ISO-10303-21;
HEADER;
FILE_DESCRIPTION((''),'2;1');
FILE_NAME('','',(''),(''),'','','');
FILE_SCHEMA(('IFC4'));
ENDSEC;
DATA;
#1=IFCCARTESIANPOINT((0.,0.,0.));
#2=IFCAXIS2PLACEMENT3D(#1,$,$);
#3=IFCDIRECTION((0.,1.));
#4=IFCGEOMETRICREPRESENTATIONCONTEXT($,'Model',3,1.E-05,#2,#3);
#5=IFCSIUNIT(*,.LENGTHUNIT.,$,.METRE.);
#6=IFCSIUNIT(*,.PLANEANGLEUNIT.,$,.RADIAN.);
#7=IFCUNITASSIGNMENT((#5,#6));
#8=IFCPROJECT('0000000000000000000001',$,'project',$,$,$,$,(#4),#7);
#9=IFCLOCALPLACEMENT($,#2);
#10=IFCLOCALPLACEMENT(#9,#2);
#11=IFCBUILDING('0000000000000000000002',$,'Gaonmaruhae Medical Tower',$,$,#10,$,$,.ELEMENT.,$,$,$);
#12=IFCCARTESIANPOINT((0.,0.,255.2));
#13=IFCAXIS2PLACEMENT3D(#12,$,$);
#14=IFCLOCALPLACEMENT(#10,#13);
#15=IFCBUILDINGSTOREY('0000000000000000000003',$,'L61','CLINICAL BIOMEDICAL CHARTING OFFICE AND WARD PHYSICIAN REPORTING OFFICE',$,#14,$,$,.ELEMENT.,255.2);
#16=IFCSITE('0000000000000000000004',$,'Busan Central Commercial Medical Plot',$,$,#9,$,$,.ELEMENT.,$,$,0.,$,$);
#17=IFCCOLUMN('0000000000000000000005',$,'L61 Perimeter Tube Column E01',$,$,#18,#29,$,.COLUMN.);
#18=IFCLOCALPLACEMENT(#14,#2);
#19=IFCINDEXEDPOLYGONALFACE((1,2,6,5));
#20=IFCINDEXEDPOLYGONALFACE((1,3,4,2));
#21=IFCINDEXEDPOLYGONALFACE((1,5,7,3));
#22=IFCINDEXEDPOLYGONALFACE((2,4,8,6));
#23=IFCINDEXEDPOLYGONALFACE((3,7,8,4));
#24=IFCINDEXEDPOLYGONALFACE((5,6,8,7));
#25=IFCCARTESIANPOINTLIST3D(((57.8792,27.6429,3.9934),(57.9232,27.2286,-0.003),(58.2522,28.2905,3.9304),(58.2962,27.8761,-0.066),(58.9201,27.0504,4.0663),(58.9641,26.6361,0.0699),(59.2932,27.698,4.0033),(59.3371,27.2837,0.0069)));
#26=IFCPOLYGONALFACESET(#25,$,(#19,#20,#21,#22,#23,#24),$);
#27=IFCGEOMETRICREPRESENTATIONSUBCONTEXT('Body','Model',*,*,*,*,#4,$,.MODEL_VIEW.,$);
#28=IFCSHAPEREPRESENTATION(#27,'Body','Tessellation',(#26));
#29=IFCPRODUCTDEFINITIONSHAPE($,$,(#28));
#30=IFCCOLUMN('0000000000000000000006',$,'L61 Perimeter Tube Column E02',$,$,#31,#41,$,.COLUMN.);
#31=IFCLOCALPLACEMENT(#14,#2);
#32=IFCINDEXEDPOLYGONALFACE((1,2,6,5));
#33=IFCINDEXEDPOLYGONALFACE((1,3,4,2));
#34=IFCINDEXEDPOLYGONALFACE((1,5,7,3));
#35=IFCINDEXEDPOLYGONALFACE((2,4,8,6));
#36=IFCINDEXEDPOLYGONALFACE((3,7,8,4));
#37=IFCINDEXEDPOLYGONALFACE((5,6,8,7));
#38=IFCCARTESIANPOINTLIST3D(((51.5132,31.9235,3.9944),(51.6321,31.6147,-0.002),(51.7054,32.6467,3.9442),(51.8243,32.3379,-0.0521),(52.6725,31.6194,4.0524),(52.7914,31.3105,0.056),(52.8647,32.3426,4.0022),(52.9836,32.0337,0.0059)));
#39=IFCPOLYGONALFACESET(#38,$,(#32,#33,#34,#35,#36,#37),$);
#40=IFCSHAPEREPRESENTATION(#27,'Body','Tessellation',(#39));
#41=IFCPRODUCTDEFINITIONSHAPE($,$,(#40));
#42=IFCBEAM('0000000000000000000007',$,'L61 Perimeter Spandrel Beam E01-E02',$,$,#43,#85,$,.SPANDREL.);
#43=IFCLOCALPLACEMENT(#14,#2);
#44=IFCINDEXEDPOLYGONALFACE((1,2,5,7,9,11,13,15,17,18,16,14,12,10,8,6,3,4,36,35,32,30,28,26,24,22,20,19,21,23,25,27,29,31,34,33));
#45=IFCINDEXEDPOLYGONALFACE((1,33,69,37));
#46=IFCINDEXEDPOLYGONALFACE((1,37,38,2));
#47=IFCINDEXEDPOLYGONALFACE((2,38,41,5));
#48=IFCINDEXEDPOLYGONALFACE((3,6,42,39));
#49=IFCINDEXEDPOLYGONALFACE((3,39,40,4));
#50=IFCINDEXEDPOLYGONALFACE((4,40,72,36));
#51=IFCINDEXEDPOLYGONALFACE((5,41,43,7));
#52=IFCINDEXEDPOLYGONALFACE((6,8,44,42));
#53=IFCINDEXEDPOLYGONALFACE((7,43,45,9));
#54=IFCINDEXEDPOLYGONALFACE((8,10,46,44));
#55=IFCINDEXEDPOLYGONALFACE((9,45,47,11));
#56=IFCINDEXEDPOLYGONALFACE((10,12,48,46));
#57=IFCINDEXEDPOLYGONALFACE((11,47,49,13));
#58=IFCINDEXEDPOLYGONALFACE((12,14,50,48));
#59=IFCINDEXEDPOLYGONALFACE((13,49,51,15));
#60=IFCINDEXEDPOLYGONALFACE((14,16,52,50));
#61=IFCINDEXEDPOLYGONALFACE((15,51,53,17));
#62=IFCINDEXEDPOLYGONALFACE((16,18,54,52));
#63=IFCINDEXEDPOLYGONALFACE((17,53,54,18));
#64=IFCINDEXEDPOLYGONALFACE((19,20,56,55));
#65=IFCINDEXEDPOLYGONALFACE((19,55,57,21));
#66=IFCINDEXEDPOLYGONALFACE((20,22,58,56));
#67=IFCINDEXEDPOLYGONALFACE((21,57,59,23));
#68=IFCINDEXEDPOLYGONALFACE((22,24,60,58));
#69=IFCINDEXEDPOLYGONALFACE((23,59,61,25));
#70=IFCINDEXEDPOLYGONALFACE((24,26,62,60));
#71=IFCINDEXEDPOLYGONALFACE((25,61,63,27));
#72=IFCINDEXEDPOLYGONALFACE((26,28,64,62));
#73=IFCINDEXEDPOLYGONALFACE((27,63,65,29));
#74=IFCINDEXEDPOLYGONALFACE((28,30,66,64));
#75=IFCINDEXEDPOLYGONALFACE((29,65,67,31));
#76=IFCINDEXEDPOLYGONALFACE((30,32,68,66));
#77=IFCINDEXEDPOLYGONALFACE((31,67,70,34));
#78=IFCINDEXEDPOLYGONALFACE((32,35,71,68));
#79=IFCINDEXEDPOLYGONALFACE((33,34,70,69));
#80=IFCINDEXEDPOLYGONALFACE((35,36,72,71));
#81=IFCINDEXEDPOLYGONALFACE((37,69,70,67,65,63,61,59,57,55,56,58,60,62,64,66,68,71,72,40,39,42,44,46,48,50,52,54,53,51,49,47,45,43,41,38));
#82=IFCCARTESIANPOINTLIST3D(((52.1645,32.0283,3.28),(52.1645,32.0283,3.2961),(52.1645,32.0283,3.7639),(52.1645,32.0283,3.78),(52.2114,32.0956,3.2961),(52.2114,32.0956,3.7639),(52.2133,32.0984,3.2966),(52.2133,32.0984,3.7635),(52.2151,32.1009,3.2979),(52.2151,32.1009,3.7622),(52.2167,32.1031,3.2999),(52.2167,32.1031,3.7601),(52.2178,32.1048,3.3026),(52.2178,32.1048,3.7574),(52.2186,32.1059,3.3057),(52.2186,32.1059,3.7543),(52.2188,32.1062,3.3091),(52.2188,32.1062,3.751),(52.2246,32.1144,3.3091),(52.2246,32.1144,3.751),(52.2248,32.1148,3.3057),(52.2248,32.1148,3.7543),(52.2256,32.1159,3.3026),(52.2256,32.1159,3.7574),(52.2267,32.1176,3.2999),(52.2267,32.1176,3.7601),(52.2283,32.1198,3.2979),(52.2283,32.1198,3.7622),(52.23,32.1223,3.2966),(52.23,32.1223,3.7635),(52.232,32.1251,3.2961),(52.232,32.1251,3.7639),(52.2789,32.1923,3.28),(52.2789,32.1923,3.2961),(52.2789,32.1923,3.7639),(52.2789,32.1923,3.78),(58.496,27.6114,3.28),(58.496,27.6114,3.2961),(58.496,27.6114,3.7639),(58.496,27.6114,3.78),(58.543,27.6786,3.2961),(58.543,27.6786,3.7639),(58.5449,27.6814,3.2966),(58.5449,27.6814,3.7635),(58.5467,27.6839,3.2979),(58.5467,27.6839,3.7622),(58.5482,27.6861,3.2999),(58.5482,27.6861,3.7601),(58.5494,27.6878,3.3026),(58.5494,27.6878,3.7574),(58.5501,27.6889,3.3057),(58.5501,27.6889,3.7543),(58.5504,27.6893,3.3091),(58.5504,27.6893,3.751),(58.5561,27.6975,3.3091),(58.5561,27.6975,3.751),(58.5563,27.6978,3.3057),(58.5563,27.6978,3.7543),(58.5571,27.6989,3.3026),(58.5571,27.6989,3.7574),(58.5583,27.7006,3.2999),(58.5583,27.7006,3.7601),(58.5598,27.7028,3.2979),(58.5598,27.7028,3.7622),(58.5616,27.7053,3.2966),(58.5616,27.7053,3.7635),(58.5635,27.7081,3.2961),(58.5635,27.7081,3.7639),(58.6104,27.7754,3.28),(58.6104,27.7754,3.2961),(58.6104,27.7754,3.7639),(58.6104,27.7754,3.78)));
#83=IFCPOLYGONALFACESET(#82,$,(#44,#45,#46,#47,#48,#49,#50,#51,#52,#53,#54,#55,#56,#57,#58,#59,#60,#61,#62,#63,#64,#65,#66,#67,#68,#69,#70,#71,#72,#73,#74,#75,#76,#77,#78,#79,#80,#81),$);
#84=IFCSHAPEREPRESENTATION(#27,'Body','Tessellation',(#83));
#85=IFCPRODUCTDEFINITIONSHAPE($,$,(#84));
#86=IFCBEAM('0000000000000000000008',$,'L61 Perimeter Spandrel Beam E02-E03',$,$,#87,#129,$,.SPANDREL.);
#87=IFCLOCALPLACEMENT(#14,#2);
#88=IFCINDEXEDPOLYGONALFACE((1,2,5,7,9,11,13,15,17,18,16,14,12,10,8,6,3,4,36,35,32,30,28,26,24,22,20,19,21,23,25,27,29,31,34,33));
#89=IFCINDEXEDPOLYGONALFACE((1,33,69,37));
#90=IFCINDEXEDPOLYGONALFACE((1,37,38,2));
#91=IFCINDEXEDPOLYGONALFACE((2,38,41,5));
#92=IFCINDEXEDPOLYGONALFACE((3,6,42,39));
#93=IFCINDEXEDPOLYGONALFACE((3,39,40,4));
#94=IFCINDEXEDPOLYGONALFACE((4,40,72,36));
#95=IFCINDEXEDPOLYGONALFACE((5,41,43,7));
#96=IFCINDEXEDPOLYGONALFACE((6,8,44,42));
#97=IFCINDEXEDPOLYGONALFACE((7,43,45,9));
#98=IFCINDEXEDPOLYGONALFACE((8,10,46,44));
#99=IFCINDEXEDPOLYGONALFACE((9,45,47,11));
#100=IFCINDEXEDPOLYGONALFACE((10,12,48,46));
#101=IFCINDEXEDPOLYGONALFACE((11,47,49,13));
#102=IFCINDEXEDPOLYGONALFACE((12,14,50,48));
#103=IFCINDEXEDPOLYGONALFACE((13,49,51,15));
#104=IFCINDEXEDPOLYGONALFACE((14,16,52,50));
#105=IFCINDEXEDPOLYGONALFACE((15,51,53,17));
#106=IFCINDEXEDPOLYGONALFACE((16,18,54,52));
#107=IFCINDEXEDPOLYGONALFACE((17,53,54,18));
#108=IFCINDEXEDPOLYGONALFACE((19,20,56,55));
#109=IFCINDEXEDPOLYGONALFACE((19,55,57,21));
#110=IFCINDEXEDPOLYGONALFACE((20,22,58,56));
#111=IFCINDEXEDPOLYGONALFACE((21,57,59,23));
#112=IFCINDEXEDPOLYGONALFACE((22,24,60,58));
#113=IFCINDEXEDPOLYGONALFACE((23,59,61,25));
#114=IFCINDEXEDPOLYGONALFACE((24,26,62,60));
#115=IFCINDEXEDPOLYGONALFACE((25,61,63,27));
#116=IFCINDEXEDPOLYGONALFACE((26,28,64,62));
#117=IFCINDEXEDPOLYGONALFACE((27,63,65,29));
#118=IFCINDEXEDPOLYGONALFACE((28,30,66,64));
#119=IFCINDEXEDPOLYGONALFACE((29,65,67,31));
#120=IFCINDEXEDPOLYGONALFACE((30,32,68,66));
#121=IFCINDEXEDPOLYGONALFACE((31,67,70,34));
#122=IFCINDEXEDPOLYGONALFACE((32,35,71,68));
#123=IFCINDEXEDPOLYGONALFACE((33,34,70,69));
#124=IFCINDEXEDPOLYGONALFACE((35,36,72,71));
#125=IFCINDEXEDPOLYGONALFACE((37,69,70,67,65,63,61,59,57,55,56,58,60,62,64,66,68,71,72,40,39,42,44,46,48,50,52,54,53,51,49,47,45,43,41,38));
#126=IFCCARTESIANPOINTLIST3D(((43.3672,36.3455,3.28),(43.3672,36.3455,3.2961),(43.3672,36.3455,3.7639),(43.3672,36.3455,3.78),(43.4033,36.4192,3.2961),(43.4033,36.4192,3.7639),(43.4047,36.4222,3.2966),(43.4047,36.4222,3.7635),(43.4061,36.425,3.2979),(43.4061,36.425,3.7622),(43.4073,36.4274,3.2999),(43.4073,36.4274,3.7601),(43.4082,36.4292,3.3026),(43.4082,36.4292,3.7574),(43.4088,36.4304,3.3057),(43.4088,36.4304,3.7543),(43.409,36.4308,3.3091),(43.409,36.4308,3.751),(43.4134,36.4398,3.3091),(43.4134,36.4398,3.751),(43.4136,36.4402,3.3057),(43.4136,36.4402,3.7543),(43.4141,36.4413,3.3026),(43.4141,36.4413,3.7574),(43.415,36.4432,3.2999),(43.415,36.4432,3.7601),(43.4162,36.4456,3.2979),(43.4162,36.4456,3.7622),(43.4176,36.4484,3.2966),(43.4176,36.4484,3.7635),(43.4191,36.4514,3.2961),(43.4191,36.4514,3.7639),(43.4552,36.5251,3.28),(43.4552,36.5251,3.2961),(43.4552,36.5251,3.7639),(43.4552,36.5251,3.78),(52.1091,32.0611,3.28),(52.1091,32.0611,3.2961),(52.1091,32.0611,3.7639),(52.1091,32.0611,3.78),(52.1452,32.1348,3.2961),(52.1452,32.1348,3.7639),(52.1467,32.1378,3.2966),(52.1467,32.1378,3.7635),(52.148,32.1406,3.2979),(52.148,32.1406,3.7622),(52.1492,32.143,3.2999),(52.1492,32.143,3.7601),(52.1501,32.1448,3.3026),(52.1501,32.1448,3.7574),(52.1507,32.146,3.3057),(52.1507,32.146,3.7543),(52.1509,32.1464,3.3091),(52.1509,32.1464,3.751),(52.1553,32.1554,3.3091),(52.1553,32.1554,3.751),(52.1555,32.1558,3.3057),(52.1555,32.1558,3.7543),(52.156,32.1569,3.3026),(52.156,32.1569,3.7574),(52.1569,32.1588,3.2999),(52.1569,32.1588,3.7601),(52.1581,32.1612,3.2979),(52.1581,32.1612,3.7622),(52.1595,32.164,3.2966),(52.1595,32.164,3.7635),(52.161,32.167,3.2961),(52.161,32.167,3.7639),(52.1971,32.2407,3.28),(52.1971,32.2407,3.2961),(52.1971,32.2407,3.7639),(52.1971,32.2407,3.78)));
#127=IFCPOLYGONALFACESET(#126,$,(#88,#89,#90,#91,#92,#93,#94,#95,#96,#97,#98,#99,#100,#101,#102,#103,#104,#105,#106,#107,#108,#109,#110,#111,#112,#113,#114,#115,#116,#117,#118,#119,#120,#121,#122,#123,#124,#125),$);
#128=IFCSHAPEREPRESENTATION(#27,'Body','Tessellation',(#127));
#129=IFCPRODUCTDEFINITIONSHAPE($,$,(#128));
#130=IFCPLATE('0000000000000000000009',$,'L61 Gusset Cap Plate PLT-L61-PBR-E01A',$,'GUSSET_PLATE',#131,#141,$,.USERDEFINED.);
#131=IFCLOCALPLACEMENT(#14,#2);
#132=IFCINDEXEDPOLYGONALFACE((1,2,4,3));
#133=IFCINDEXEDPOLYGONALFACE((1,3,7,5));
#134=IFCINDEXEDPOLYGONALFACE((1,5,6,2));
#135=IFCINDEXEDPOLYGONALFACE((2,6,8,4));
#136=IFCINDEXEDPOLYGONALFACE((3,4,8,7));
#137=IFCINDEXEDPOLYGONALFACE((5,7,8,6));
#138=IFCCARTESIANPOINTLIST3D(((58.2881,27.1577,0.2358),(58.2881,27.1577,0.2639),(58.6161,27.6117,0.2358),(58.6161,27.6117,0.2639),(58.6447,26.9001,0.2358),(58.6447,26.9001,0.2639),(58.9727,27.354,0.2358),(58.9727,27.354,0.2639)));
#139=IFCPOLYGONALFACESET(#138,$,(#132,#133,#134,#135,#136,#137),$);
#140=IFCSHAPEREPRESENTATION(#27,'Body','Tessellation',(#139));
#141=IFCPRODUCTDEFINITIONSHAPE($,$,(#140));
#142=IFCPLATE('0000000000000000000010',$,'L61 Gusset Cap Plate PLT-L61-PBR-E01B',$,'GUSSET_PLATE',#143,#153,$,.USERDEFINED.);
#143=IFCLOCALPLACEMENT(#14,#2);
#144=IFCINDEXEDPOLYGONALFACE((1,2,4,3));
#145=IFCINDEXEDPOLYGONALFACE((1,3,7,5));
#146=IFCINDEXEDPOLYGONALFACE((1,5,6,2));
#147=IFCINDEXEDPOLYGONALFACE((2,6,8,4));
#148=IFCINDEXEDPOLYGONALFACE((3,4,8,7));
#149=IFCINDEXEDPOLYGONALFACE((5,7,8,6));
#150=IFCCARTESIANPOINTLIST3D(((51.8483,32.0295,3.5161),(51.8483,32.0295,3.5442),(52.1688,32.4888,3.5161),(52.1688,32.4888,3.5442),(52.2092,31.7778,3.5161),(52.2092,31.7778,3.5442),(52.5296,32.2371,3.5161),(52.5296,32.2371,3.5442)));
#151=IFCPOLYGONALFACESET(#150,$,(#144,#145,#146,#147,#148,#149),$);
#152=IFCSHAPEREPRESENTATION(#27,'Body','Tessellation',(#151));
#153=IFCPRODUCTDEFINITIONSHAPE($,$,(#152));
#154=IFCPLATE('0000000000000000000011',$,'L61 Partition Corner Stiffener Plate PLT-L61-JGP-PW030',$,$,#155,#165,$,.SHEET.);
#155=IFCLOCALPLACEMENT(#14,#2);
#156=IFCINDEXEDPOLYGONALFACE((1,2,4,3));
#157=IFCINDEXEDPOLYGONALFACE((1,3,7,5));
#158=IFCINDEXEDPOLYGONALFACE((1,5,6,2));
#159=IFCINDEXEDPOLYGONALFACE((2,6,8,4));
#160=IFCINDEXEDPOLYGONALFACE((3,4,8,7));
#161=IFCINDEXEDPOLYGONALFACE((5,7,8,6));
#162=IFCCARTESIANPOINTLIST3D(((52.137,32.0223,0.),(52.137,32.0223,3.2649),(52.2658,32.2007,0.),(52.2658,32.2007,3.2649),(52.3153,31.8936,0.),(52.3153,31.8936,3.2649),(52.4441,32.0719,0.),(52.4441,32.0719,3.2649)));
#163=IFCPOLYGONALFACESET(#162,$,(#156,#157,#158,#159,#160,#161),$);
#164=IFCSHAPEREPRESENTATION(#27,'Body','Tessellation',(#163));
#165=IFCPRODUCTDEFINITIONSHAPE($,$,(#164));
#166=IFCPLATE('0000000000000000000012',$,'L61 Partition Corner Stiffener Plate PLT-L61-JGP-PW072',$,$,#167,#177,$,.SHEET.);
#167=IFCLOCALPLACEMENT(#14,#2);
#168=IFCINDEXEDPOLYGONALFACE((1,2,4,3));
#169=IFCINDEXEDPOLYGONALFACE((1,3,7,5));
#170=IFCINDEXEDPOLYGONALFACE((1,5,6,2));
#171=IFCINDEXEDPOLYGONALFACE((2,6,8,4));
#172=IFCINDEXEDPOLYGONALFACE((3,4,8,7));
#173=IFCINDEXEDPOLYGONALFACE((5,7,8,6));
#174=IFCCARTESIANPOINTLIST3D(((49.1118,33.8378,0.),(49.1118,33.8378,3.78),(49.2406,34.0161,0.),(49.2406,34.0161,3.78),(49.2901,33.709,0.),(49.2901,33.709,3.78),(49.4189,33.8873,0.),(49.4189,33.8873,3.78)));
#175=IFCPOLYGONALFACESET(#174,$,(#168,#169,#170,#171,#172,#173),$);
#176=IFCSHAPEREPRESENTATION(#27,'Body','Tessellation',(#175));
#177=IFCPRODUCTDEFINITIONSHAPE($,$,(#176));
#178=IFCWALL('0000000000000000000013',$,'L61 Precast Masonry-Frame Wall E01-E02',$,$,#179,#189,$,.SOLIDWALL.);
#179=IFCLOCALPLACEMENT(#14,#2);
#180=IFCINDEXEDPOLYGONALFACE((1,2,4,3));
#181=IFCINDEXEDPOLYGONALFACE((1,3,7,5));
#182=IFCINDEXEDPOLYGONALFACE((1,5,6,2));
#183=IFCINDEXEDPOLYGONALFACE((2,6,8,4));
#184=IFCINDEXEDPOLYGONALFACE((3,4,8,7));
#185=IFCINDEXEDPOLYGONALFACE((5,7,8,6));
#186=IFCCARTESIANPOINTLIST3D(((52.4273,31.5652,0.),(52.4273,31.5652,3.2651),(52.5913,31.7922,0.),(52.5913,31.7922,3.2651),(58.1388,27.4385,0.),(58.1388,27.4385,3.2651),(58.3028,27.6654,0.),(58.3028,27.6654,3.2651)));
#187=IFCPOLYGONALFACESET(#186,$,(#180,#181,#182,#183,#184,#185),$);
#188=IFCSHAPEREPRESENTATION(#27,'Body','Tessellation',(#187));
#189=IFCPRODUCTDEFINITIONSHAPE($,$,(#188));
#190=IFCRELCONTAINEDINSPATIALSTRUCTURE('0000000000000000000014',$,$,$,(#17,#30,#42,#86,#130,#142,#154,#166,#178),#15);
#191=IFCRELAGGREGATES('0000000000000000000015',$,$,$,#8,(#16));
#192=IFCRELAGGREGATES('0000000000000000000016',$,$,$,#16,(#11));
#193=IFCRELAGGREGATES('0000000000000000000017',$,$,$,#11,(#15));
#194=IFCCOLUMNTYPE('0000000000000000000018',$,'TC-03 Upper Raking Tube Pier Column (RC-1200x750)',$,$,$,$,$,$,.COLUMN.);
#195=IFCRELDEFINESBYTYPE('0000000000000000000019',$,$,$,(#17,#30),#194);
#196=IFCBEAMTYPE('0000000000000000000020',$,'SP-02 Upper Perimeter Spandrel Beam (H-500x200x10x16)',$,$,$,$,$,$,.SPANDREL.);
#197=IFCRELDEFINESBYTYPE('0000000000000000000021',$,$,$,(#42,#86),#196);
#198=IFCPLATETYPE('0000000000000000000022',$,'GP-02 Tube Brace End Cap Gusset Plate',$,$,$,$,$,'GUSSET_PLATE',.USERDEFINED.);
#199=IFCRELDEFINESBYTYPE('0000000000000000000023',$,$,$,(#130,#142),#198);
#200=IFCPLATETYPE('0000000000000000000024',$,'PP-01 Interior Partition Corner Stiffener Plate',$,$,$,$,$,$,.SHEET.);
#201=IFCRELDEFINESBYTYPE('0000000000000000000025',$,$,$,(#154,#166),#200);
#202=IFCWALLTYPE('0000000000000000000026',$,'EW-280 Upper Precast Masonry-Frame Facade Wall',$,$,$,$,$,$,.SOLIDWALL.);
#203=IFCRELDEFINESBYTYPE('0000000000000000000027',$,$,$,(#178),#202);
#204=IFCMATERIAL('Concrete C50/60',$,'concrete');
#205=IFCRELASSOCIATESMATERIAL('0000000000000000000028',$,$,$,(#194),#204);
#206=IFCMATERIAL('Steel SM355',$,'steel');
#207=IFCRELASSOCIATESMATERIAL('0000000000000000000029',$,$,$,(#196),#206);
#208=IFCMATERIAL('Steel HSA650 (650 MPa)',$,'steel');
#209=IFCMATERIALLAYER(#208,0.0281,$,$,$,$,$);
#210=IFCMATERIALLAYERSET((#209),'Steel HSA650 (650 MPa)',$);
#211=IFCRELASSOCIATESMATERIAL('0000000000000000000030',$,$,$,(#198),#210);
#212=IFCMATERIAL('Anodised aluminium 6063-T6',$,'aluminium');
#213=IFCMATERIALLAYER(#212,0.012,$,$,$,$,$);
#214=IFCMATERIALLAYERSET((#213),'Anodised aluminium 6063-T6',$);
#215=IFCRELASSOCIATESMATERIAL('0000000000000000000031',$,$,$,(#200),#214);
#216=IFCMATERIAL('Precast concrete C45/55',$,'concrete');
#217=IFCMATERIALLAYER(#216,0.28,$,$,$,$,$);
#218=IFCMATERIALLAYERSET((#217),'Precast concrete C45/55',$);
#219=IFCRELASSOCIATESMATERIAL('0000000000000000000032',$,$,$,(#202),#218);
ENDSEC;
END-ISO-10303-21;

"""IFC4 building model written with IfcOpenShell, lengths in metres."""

from ifc_helpers import new_model, si_unit, direction, frame, frame_2d, origin, origin_2d, place, context, subcontext, project, spatial, rectangle, i_section, extrude, material, layer, layer_set, material_profile, profile_set, type_object, element, save


model = new_model("IFC4")

# Units and contexts
model_context = context("Model", 3, precision=1e-05, world=origin(), true_north=direction((0.0, 1.0)))
body_context = subcontext(model_context, "Body", "Model", "MODEL_VIEW")
ifc_project = project(units=[si_unit("LENGTHUNIT", "METRE"), si_unit("PLANEANGLEUNIT", "RADIAN")], contexts=[model_context])

# Site, building, storey
site_placement = place(None, origin())
site = spatial("IfcSite", under=ifc_project, at=site_placement, Name="Busan Central Commercial Medical Plot", CompositionType="ELEMENT", RefElevation=0.0)
building_placement = place(site_placement, origin())
building = spatial("IfcBuilding", under=site, at=building_placement, Name="Gaonmaruhae Medical Tower", CompositionType="ELEMENT")
storey_placement = place(building_placement, frame((0.0, 0.0, 255.2)))
storey = spatial("IfcBuildingStorey", under=building, at=storey_placement, Name="L61", Description="CLINICAL BIOMEDICAL CHARTING OFFICE AND WARD PHYSICIAN REPORTING OFFICE", CompositionType="ELEMENT", Elevation=255.2)

# Columns
ifc_material_1 = material(Name="Concrete C50/60", Category="concrete")
ifc_material_profile_1 = material_profile(ifc_material_1, rectangle(XDim=1.2, YDim=0.75, at=origin_2d()), Name="RC-1200x750")
ifc_profile_set_1 = profile_set([ifc_material_profile_1], Name="Concrete C50/60")
column_type = type_object("IfcColumnType", Name="TC-03 Upper Raking Tube Pier Column (RC-1200x750)", PredefinedType="COLUMN", material=ifc_profile_set_1)
column_1_placement = place(storey_placement, frame((58.6301, 27.2561, 0.002), z_axis=(-0.010937, 0.103113, 0.99461), x_axis=(0.867473, -0.493763, 0.060728)))
element("IfcColumn", 1, at=column_1_placement, inside=storey, type_object=column_type, Name="L61 Perimeter Tube Column E01", PredefinedType="COLUMN", context=body_context, shape_type="SweptSolid", body=[
    extrude(rectangle(XDim=1.2, YDim=0.75, at=origin_2d()), origin(), (0.0, 0.0, 1.0), 4.0181),
])
column_2_placement = place(storey_placement, frame((52.3079, 31.8242, 0.002), z_axis=(-0.02965, 0.077017, 0.996589), x_axis=(0.966131, -0.253485, 0.048333)))
element("IfcColumn", 2, at=column_2_placement, inside=storey, type_object=column_type, Name="L61 Perimeter Tube Column E02", PredefinedType="COLUMN", context=body_context, shape_type="SweptSolid", body=[
    extrude(rectangle(XDim=1.2, YDim=0.75, at=origin_2d()), origin(), (0.0, 0.0, 1.0), 4.01),
])

# Beams
ifc_material_2 = material(Name="Steel SM355", Category="steel")
ifc_material_profile_2 = material_profile(ifc_material_2, i_section(OverallWidth=0.2, OverallDepth=0.5, WebThickness=0.01, FlangeThickness=0.0161, FilletRadius=0.0129, at=origin_2d()), Name="H-500x200x10x16")
ifc_profile_set_2 = profile_set([ifc_material_profile_2], Name="Steel SM355")
beam_type = type_object("IfcBeamType", Name="SP-02 Upper Perimeter Spandrel Beam (H-500x200x10x16)", PredefinedType="SPANDREL", material=ifc_profile_set_2)
beam_1_placement = place(storey_placement, frame((58.5532, 27.6934, 3.53), z_axis=(-0.820149, 0.57215, 0.0), x_axis=(-0.57215, -0.820149, 0.0)))
element("IfcBeam", 3, at=beam_1_placement, inside=storey, type_object=beam_type, Name="L61 Perimeter Spandrel Beam E01-E02", PredefinedType="SPANDREL", context=body_context, shape_type="SweptSolid", body=[
    extrude(i_section(OverallWidth=0.2, OverallDepth=0.5, WebThickness=0.01, FlangeThickness=0.0161, FilletRadius=0.0129, at=origin_2d()), origin(), (0.0, 0.0, 1.0), 7.72),
])
beam_2_placement = place(storey_placement, frame((52.1531, 32.1509, 3.53), z_axis=(-0.897955, 0.440087, 0.0), x_axis=(-0.440087, -0.897955, 0.0)))
element("IfcBeam", 4, at=beam_2_placement, inside=storey, type_object=beam_type, Name="L61 Perimeter Spandrel Beam E02-E03", PredefinedType="SPANDREL", context=body_context, shape_type="SweptSolid", body=[
    extrude(i_section(OverallWidth=0.2, OverallDepth=0.5, WebThickness=0.01, FlangeThickness=0.0161, FilletRadius=0.0129, at=origin_2d()), origin(), (0.0, 0.0, 1.0), 9.7354),
])

# Plates
ifc_material_3 = material(Name="Steel HSA650 (650 MPa)", Category="steel")
ifc_layer_1 = layer(ifc_material_3, 0.0281)
ifc_layer_set_1 = layer_set([ifc_layer_1], Name="Steel HSA650 (650 MPa)")
plate_type_1 = type_object("IfcPlateType", Name="GP-02 Tube Brace End Cap Gusset Plate", ElementType="GUSSET_PLATE", PredefinedType="USERDEFINED", material=ifc_layer_set_1)
for number, where, z_axis, x_axis, name in (
    (5, (58.6304, 27.2559, 0.2358), (0.0, 0.0, 1.0), (0.585665, 0.810553, 0.0), "L61 Gusset Cap Plate PLT-L61-PBR-E01A"),
    (6, (52.189, 32.1333, 3.5161), (0.0, 0.0, 1.0), (0.572146, 0.820152, 0.0), "L61 Gusset Cap Plate PLT-L61-PBR-E01B"),
):
    element("IfcPlate", number, at=place(storey_placement, frame(where, z_axis=z_axis, x_axis=x_axis)), inside=storey, type_object=plate_type_1, Name=name, ObjectType="GUSSET_PLATE", PredefinedType="USERDEFINED", context=body_context, shape_type="SweptSolid", body=[
        extrude(rectangle(XDim=0.5601, YDim=0.4399, at=origin_2d()), origin(), (0.0, 0.0, 1.0), 0.0281),
    ])
ifc_material_4 = material(Name="Anodised aluminium 6063-T6", Category="aluminium")
ifc_layer_2 = layer(ifc_material_4, 0.012)
ifc_layer_set_2 = layer_set([ifc_layer_2], Name="Anodised aluminium 6063-T6")
plate_type_2 = type_object("IfcPlateType", Name="PP-01 Interior Partition Corner Stiffener Plate", PredefinedType="SHEET", material=ifc_layer_set_2)
plate_1_placement = place(storey_placement, frame((52.2905, 32.0471, 0.0), z_axis=(0.0, 0.0, 1.0), x_axis=(0.810717, -0.585439, 0.0)))
element("IfcPlate", 7, at=plate_1_placement, inside=storey, type_object=plate_type_2, Name="L61 Partition Corner Stiffener Plate PLT-L61-JGP-PW030", PredefinedType="SHEET", context=body_context, shape_type="SweptSolid", body=[
    extrude(rectangle(XDim=0.22, YDim=0.22, at=origin_2d()), origin(), (0.0, 0.0, 1.0), 3.2649),
])
plate_2_placement = place(storey_placement, frame((49.2654, 33.8625, 0.0), z_axis=(0.0, 0.0, 1.0), x_axis=(-0.585665, -0.810553, 0.0)))
element("IfcPlate", 8, at=plate_2_placement, inside=storey, type_object=plate_type_2, Name="L61 Partition Corner Stiffener Plate PLT-L61-JGP-PW072", PredefinedType="SHEET", context=body_context, shape_type="SweptSolid", body=[
    extrude(rectangle(XDim=0.22, YDim=0.22, at=origin_2d()), origin(), (0.0, 0.0, 1.0), 3.78),
])

# Wall
ifc_material_5 = material(Name="Precast concrete C45/55", Category="concrete")
ifc_layer_3 = layer(ifc_material_5, 0.28)
ifc_layer_set_3 = layer_set([ifc_layer_3], Name="Precast concrete C45/55")
wall_type_1 = type_object("IfcWallType", Name="EW-280 Upper Precast Masonry-Frame Facade Wall", PredefinedType="SOLIDWALL", material=ifc_layer_set_3)
wall_1_placement = place(storey_placement, frame((52.5093, 31.6787, 0.0), z_axis=(0.0, 0.0, 1.0), x_axis=(0.810559, -0.585658, 0.0)))
element("IfcWall", 9, at=wall_1_placement, inside=storey, type_object=wall_type_1, Name="L61 Precast Masonry-Frame Wall E01-E02", PredefinedType="SOLIDWALL", context=body_context, shape_type="SweptSolid", body=[
    extrude(rectangle(XDim=7.0464, YDim=0.28, at=frame_2d((3.5232, 0.0))), origin(), (0.0, 0.0, 1.0), 3.2651),
])

save(model, "model.ifc")
